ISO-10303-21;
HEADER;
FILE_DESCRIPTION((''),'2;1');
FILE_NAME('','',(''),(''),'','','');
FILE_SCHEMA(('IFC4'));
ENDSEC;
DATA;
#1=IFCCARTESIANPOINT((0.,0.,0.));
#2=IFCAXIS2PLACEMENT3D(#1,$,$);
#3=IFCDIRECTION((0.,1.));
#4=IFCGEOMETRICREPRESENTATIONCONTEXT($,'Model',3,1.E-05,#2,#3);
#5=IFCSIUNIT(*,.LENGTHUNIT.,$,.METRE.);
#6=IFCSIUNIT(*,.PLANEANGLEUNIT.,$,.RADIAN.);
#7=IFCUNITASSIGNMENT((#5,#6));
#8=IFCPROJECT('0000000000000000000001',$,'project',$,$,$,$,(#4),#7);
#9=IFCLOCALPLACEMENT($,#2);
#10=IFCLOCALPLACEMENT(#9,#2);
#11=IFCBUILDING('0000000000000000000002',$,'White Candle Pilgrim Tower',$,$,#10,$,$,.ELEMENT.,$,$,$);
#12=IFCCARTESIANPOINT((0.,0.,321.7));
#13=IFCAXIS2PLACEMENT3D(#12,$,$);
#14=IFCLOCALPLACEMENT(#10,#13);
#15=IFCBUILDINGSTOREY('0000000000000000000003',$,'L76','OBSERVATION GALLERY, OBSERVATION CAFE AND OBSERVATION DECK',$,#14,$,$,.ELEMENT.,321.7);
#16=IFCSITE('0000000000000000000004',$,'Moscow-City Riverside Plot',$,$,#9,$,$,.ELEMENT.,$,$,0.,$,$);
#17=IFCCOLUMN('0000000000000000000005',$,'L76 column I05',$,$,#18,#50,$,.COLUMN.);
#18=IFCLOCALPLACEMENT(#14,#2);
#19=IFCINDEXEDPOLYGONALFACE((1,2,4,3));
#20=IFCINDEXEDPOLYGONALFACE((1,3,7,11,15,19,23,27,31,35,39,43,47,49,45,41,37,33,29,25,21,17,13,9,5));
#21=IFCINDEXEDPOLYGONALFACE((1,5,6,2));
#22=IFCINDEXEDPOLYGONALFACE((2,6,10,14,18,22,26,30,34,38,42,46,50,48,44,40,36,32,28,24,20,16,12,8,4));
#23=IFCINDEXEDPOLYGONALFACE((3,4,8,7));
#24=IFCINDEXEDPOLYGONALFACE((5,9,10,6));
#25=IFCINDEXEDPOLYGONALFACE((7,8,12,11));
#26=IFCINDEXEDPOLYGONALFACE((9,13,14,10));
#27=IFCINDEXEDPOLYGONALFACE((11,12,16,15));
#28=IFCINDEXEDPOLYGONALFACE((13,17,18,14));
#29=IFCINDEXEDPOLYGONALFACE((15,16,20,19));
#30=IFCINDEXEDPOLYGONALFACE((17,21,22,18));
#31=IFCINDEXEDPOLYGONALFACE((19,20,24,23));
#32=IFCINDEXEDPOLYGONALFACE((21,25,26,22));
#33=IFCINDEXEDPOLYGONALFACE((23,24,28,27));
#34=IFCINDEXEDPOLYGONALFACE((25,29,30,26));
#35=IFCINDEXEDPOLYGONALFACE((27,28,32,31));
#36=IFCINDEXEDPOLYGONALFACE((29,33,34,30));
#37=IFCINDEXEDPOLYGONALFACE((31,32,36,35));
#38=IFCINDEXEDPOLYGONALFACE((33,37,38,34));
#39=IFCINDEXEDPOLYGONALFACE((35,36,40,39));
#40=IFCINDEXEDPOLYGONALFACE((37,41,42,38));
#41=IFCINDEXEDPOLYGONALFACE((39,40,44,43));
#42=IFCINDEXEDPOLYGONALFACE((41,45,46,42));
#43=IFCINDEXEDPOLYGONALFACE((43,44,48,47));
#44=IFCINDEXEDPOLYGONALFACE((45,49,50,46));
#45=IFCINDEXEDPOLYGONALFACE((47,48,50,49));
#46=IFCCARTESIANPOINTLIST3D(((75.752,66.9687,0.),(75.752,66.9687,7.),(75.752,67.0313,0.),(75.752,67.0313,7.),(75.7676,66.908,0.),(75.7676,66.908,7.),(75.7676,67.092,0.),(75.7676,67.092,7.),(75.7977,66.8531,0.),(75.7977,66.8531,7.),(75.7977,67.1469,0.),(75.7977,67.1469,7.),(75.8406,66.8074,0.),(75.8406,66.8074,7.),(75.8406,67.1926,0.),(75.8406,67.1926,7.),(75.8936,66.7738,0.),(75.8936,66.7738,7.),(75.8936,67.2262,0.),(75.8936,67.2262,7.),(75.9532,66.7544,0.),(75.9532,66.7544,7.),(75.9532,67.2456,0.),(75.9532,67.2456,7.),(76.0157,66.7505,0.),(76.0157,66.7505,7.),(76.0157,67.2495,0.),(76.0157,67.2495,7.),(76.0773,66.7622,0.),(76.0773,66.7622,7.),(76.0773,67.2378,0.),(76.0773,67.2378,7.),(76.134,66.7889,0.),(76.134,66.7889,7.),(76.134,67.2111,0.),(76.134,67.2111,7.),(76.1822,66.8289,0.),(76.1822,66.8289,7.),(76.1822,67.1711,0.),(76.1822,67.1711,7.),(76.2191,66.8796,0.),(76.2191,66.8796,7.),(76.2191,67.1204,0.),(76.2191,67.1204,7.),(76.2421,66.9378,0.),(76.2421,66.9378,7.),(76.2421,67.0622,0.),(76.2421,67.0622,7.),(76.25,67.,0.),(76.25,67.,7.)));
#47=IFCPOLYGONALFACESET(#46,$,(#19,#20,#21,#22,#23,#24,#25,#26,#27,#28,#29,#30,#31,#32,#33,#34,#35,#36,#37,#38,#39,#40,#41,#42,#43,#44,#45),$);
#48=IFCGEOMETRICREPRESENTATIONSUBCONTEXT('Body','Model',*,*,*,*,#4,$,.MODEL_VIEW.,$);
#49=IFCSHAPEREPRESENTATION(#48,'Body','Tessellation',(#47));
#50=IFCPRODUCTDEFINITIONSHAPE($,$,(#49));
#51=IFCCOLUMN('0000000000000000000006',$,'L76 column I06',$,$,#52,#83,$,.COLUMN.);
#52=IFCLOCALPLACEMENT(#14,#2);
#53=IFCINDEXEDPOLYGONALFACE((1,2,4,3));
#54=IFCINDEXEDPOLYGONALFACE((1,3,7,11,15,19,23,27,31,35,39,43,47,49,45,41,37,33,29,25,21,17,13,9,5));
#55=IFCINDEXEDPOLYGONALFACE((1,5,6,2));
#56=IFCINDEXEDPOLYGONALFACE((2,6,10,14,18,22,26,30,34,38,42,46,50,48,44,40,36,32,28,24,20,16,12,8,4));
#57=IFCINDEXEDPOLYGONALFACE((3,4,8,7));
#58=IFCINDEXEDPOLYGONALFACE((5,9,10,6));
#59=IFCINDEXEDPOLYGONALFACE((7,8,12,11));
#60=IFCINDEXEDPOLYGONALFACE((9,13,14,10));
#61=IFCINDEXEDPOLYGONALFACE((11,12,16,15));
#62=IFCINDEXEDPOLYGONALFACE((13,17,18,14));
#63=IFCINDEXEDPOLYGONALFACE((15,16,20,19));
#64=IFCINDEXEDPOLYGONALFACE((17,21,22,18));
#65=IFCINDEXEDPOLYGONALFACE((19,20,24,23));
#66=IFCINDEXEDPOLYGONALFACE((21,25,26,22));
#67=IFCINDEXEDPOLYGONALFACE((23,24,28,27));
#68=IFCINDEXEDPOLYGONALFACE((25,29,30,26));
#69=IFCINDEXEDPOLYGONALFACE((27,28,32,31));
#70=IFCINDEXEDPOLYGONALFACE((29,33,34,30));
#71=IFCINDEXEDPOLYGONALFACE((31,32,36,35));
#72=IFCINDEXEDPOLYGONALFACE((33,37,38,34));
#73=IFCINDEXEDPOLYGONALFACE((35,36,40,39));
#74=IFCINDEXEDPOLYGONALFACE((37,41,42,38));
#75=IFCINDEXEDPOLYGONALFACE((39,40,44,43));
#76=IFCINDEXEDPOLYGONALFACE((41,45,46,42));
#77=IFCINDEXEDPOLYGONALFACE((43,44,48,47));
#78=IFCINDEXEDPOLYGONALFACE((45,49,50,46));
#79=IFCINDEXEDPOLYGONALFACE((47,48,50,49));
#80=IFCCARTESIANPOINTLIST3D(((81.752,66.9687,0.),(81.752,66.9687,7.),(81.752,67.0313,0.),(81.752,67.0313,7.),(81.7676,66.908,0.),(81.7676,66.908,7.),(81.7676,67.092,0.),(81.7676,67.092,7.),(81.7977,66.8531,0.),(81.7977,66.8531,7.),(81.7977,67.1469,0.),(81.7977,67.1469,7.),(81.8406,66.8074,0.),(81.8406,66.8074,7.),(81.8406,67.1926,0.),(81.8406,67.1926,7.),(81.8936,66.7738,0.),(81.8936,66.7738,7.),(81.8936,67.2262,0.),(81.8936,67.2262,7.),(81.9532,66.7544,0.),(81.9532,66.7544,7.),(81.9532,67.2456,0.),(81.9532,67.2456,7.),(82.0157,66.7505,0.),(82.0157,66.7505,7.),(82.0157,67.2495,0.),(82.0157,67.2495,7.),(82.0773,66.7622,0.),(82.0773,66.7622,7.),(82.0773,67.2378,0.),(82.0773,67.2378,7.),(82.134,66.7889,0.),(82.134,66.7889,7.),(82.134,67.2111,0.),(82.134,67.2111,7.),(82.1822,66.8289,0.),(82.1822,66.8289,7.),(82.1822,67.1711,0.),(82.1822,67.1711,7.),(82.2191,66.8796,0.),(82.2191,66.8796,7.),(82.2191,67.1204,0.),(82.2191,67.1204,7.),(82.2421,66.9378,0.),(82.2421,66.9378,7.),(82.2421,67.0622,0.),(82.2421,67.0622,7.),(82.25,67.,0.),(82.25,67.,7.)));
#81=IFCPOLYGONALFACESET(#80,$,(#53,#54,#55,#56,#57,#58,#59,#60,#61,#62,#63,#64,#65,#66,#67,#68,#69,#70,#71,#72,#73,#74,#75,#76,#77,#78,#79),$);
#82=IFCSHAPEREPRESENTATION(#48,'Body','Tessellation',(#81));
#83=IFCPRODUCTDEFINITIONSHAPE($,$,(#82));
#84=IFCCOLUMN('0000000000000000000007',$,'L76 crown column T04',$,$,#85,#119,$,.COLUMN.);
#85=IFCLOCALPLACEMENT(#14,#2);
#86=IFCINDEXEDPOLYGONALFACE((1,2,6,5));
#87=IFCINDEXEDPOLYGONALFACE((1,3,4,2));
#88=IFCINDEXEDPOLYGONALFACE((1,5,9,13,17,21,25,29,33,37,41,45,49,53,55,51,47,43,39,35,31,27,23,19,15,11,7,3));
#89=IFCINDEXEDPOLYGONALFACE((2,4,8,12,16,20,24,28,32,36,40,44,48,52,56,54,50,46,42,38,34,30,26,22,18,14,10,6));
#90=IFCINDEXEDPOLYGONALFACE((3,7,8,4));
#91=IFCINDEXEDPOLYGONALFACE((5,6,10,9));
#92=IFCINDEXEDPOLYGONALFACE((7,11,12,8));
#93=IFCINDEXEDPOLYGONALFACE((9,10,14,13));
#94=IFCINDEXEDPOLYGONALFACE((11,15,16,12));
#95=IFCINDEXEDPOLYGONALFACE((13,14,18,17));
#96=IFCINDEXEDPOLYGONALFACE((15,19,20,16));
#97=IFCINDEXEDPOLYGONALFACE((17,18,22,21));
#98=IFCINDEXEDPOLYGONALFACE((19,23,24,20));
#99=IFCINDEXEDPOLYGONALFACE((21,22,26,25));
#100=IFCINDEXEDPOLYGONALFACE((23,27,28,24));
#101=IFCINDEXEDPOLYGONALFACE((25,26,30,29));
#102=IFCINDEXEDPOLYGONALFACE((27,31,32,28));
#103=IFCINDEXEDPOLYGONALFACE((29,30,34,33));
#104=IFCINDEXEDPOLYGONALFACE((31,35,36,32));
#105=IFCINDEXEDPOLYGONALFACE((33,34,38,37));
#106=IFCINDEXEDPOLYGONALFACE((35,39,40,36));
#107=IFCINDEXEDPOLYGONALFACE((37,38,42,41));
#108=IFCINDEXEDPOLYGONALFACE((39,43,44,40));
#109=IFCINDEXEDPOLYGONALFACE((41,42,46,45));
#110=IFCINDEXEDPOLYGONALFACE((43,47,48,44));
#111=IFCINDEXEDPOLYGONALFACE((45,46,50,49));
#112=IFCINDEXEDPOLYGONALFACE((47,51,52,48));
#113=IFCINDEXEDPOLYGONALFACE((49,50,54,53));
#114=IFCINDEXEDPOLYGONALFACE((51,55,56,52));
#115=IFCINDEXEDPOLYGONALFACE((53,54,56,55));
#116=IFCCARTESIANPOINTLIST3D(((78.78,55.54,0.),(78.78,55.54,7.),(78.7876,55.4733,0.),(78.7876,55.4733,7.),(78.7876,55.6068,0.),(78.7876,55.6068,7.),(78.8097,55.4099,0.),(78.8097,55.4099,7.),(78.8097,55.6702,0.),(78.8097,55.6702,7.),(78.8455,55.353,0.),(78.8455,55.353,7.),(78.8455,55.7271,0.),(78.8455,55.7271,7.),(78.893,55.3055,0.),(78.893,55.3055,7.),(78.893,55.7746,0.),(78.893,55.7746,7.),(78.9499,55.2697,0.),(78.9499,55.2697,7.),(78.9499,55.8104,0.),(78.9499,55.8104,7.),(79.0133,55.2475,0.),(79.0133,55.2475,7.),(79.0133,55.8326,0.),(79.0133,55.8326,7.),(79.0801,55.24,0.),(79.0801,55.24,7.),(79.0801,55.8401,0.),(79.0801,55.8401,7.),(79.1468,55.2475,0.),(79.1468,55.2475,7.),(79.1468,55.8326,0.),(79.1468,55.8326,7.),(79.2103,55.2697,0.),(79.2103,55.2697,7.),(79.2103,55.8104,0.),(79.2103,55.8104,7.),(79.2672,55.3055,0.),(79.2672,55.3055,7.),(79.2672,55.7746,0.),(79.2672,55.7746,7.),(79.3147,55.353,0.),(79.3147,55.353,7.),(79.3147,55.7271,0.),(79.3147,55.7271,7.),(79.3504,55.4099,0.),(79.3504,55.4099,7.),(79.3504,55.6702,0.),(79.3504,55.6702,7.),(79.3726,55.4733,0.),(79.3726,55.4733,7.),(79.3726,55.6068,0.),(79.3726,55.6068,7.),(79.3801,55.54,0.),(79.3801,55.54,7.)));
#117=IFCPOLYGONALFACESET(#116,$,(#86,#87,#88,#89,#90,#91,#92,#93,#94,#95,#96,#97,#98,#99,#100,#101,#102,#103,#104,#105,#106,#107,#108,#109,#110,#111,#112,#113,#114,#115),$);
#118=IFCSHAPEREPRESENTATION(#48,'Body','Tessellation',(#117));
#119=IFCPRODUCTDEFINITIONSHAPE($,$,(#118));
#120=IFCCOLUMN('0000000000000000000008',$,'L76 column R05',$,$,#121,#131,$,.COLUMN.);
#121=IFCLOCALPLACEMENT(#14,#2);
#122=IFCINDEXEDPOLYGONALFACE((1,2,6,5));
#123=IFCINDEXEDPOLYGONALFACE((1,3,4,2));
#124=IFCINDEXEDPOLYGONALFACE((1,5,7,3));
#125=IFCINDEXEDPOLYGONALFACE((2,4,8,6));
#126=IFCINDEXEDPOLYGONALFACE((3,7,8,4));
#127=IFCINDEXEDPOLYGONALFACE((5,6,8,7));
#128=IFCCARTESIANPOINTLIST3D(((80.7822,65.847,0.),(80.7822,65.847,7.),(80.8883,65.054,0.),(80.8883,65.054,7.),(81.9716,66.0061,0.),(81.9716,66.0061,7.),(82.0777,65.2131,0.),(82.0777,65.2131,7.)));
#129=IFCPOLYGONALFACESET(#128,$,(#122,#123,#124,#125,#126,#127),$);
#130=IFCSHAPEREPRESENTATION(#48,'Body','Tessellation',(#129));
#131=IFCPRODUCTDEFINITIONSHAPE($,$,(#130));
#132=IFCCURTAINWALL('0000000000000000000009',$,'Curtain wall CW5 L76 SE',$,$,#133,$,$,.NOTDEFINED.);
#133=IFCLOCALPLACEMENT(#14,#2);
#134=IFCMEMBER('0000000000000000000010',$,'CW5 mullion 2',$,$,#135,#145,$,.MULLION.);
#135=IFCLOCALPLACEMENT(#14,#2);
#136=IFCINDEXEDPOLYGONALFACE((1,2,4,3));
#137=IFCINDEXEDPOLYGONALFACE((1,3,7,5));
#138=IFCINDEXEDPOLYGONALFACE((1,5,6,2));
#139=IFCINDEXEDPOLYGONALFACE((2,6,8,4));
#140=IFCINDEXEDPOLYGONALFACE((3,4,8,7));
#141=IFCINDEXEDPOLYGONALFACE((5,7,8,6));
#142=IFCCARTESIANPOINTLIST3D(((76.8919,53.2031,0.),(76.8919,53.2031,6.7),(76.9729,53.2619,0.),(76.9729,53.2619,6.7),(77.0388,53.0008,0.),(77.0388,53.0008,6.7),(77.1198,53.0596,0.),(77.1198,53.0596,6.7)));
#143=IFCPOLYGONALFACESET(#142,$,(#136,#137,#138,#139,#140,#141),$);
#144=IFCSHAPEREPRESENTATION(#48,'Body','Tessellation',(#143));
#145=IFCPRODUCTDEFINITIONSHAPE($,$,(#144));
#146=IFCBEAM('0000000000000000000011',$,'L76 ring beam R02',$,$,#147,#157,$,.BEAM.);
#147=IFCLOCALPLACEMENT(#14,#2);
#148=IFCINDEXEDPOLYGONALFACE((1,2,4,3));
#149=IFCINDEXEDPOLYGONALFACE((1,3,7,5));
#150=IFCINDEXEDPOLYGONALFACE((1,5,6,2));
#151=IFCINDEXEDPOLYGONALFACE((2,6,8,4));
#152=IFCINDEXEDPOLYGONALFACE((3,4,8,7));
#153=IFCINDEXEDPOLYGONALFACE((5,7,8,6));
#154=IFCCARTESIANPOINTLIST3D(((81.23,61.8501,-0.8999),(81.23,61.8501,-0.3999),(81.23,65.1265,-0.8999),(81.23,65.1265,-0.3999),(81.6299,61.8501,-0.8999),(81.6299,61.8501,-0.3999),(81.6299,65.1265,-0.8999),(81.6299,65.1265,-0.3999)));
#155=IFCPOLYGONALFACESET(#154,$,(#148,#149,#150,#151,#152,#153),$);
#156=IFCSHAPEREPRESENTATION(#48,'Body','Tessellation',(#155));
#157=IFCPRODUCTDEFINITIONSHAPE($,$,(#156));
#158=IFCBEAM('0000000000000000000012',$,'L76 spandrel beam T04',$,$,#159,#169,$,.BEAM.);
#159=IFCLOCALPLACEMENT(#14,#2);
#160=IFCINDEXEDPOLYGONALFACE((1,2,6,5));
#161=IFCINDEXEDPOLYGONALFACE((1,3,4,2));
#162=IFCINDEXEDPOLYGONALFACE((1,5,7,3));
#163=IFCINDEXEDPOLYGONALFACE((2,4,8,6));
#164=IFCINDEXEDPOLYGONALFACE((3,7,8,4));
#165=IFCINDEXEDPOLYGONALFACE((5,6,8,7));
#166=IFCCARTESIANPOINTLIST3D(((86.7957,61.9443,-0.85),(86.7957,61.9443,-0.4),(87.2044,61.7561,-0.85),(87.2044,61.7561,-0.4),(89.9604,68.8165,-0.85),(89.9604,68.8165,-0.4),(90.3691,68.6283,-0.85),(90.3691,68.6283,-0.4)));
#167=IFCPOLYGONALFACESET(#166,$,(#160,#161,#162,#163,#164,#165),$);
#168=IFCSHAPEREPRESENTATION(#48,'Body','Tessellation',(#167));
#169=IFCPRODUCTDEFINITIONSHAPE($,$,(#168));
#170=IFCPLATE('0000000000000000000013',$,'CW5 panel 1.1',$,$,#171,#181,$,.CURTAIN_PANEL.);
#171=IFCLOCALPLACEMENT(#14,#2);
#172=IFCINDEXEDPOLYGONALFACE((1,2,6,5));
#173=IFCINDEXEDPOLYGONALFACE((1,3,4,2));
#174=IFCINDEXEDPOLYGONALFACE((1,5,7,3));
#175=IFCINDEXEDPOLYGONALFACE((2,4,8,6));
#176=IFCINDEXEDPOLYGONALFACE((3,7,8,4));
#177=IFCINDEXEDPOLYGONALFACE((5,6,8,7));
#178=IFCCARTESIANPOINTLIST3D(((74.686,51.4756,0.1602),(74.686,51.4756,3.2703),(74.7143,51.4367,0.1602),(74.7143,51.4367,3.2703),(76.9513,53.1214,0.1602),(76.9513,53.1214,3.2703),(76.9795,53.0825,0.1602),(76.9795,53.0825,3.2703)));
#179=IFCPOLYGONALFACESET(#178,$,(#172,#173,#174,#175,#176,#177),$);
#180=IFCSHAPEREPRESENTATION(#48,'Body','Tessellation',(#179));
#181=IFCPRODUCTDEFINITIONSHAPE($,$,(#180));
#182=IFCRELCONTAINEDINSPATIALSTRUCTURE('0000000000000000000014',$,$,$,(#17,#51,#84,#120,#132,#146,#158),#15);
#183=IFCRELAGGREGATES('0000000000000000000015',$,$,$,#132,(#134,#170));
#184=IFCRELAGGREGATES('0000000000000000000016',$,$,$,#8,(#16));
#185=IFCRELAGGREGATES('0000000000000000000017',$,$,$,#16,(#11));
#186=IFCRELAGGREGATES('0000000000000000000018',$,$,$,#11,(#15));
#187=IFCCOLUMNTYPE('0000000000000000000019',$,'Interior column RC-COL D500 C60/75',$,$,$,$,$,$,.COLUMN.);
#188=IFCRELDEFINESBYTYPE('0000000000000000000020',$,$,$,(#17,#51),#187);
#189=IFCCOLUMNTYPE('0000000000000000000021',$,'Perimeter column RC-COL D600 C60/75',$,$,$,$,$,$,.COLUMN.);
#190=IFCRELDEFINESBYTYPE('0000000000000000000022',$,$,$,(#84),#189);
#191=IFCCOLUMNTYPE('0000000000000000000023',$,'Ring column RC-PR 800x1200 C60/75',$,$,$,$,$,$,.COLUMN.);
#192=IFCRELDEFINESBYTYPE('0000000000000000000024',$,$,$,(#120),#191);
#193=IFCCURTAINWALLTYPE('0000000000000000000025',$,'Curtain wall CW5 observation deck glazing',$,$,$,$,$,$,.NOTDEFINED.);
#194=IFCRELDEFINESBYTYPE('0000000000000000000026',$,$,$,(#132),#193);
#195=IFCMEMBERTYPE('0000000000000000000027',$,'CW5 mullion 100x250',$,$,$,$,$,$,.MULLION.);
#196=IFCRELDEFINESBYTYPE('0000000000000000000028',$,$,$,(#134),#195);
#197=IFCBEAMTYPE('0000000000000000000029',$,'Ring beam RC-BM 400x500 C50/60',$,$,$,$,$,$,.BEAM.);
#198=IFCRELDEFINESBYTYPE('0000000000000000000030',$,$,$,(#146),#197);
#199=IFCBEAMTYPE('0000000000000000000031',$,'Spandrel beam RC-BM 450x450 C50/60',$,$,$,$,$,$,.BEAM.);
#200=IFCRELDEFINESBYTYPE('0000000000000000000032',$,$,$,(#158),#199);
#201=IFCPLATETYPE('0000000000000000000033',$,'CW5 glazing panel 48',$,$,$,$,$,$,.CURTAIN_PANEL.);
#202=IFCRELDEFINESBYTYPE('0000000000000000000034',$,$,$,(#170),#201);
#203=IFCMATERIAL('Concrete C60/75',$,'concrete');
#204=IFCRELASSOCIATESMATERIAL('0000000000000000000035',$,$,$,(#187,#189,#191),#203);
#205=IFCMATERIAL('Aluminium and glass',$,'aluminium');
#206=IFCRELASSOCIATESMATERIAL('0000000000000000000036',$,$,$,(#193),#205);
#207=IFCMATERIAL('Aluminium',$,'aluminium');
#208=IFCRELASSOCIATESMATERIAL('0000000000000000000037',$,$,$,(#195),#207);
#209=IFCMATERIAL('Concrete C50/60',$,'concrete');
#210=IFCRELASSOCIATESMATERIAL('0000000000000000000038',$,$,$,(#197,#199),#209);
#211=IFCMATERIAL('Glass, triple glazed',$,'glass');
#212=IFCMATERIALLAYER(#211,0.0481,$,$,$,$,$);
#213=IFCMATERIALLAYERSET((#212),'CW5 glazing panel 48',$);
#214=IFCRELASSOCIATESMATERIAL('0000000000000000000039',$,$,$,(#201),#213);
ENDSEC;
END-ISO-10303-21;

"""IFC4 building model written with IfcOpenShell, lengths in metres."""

from ifc_helpers import new_model, si_unit, direction, frame, origin, origin_2d, place, context, subcontext, project, spatial, rectangle, circle, extrude, material, layer, layer_set, material_profile, profile_set, type_object, element, aggregate, save


model = new_model("IFC4")

# Units and contexts
model_context = context("Model", 3, precision=1e-05, world=origin(), true_north=direction((0.0, 1.0)))
body_context = subcontext(model_context, "Body", "Model", "MODEL_VIEW")
ifc_project = project(units=[si_unit("LENGTHUNIT", "METRE"), si_unit("PLANEANGLEUNIT", "RADIAN")], contexts=[model_context])

# Site, building, storey
site_placement = place(None, origin())
site = spatial("IfcSite", under=ifc_project, at=site_placement, Name="Moscow-City Riverside Plot", CompositionType="ELEMENT", RefElevation=0.0)
building_placement = place(site_placement, origin())
building = spatial("IfcBuilding", under=site, at=building_placement, Name="White Candle Pilgrim Tower", CompositionType="ELEMENT")
storey_placement = place(building_placement, frame((0.0, 0.0, 321.7)))
storey = spatial("IfcBuildingStorey", under=building, at=storey_placement, Name="L76", Description="OBSERVATION GALLERY, OBSERVATION CAFE AND OBSERVATION DECK", CompositionType="ELEMENT", Elevation=321.7)

# Columns
ifc_material_1 = material(Name="Concrete C60/75", Category="concrete")
ifc_material_profile_1 = material_profile(ifc_material_1, circle(Radius=0.25, at=origin_2d()), Name="RC-COL D500")
ifc_profile_set_1 = profile_set([ifc_material_profile_1], Name="Concrete C60/75")
column_type_1 = type_object("IfcColumnType", Name="Interior column RC-COL D500 C60/75", PredefinedType="COLUMN", material=ifc_profile_set_1)
for number, where, z_axis, x_axis, name in (
    (1, (76.0, 67.0, 0.0), (0.0, 0.0, 1.0), (1.0, 0.0, 0.0), "L76 column I05"),
    (2, (82.0, 67.0, 0.0), (0.0, 0.0, 1.0), (1.0, 0.0, 0.0), "L76 column I06"),
):
    element("IfcColumn", number, at=place(storey_placement, frame(where, z_axis=z_axis, x_axis=x_axis)), inside=storey, type_object=column_type_1, Name=name, PredefinedType="COLUMN", context=body_context, shape_type="SweptSolid", body=[
        extrude(circle(Radius=0.25, at=origin_2d()), origin(), (0.0, 0.0, 1.0), 7.0),
    ])
ifc_material_profile_2 = material_profile(ifc_material_1, circle(Radius=0.3, at=origin_2d()), Name="RC-COL D600")
ifc_profile_set_2 = profile_set([ifc_material_profile_2], Name="Concrete C60/75")
column_type_2 = type_object("IfcColumnType", Name="Perimeter column RC-COL D600 C60/75", PredefinedType="COLUMN", material=ifc_profile_set_2)
column_1_placement = place(storey_placement, frame((79.0801, 55.54, 0.0), z_axis=(0.0, 0.0, 1.0), x_axis=(1.0, 0.0, 0.0)))
element("IfcColumn", 3, at=column_1_placement, inside=storey, type_object=column_type_2, Name="L76 crown column T04", PredefinedType="COLUMN", context=body_context, shape_type="SweptSolid", body=[
    extrude(circle(Radius=0.3, at=origin_2d()), origin(), (0.0, 0.0, 1.0), 7.0),
])
ifc_material_profile_3 = material_profile(ifc_material_1, rectangle(XDim=0.8, YDim=1.2, at=origin_2d()), Name="RC-PR 800x1200")
ifc_profile_set_3 = profile_set([ifc_material_profile_3], Name="Concrete C60/75")
column_type_3 = type_object("IfcColumnType", Name="Ring column RC-PR 800x1200 C60/75", PredefinedType="COLUMN", material=ifc_profile_set_3)
column_2_placement = place(storey_placement, frame((81.4299, 65.53, 0.0), z_axis=(0.0, 0.0, 1.0), x_axis=(0.132602, -0.991169, 0.0)))
element("IfcColumn", 4, at=column_2_placement, inside=storey, type_object=column_type_3, Name="L76 column R05", PredefinedType="COLUMN", context=body_context, shape_type="SweptSolid", body=[
    extrude(rectangle(XDim=0.8, YDim=1.2, at=origin_2d()), origin(), (0.0, 0.0, 1.0), 7.0),
])

# Curtain wall, member
ifc_material_2 = material(Name="Aluminium and glass", Category="aluminium")
curtain_wall_type = type_object("IfcCurtainWallType", Name="Curtain wall CW5 observation deck glazing", PredefinedType="NOTDEFINED", material=ifc_material_2)
curtain_wall_placement = place(storey_placement, origin())
curtain_wall = element("IfcCurtainWall", 5, at=curtain_wall_placement, inside=storey, type_object=curtain_wall_type, Name="Curtain wall CW5 L76 SE", PredefinedType="NOTDEFINED")
ifc_material_3 = material(Name="Aluminium", Category="aluminium")
ifc_material_profile_4 = material_profile(ifc_material_3, rectangle(XDim=0.25, YDim=0.1001, at=origin_2d()), Name="CW5 mullion 100x250")
ifc_profile_set_4 = profile_set([ifc_material_profile_4], Name="Aluminium")
member_type = type_object("IfcMemberType", Name="CW5 mullion 100x250", PredefinedType="MULLION", material=ifc_profile_set_4)
member_placement = place(storey_placement, frame((77.0059, 53.1313, 0.0), z_axis=(0.0, 0.0, 1.0), x_axis=(-0.587785, 0.809017, 0.0)))
member = element("IfcMember", 6, at=member_placement, type_object=member_type, Name="CW5 mullion 2", PredefinedType="MULLION", context=body_context, shape_type="SweptSolid", body=[
    extrude(rectangle(XDim=0.25, YDim=0.1001, at=origin_2d()), origin(), (0.0, 0.0, 1.0), 6.7),
])

# Beams
ifc_material_4 = material(Name="Concrete C50/60", Category="concrete")
ifc_material_profile_5 = material_profile(ifc_material_4, rectangle(XDim=0.3999, YDim=0.5, at=origin_2d()), Name="RC-BM 400x500")
ifc_profile_set_5 = profile_set([ifc_material_profile_5], Name="Concrete C50/60")
beam_type_1 = type_object("IfcBeamType", Name="Ring beam RC-BM 400x500 C50/60", PredefinedType="BEAM", material=ifc_profile_set_5)
beam_1_placement = place(storey_placement, frame((81.4299, 65.1265, -0.6499), z_axis=(0.0, -1.0, 0.0), x_axis=(1.0, 0.0, 0.0)))
element("IfcBeam", 7, at=beam_1_placement, inside=storey, type_object=beam_type_1, Name="L76 ring beam R02", PredefinedType="BEAM", context=body_context, shape_type="SweptSolid", body=[
    extrude(rectangle(XDim=0.3999, YDim=0.5, at=origin_2d()), origin(), (0.0, 0.0, 1.0), 3.2764),
])
ifc_material_profile_6 = material_profile(ifc_material_4, rectangle(XDim=0.45, YDim=0.45, at=origin_2d()), Name="RC-BM 450x450")
ifc_profile_set_6 = profile_set([ifc_material_profile_6], Name="Concrete C50/60")
beam_type_2 = type_object("IfcBeamType", Name="Spandrel beam RC-BM 450x450 C50/60", PredefinedType="BEAM", material=ifc_profile_set_6)
beam_2_placement = place(storey_placement, frame((90.1648, 68.7224, -0.625), z_axis=(-0.418291, -0.908313, 0.0), x_axis=(0.908313, -0.418291, 0.0)))
element("IfcBeam", 8, at=beam_2_placement, inside=storey, type_object=beam_type_2, Name="L76 spandrel beam T04", PredefinedType="BEAM", context=body_context, shape_type="SweptSolid", body=[
    extrude(rectangle(XDim=0.45, YDim=0.45, at=origin_2d()), origin(), (0.0, 0.0, 1.0), 7.5659),
])

# Plate
ifc_material_5 = material(Name="Glass, triple glazed", Category="glass")
ifc_layer_1 = layer(ifc_material_5, 0.0481)
ifc_layer_set_1 = layer_set([ifc_layer_1], Name="CW5 glazing panel 48")
plate_type = type_object("IfcPlateType", Name="CW5 glazing panel 48", PredefinedType="CURTAIN_PANEL", material=ifc_layer_set_1)
plate_1_placement = place(storey_placement, frame((75.8328, 52.2791, 0.1602), z_axis=(0.0, 0.0, 1.0), x_axis=(0.809017, 0.587785, 0.0)))
plate_1 = element("IfcPlate", 9, at=plate_1_placement, type_object=plate_type, Name="CW5 panel 1.1", PredefinedType="CURTAIN_PANEL", context=body_context, shape_type="SweptSolid", body=[
    extrude(rectangle(XDim=2.8, YDim=0.0481, at=origin_2d()), origin(), (0.0, 0.0, 1.0), 3.1101),
])
aggregate(curtain_wall, [member, plate_1])

save(model, "model.ifc")
